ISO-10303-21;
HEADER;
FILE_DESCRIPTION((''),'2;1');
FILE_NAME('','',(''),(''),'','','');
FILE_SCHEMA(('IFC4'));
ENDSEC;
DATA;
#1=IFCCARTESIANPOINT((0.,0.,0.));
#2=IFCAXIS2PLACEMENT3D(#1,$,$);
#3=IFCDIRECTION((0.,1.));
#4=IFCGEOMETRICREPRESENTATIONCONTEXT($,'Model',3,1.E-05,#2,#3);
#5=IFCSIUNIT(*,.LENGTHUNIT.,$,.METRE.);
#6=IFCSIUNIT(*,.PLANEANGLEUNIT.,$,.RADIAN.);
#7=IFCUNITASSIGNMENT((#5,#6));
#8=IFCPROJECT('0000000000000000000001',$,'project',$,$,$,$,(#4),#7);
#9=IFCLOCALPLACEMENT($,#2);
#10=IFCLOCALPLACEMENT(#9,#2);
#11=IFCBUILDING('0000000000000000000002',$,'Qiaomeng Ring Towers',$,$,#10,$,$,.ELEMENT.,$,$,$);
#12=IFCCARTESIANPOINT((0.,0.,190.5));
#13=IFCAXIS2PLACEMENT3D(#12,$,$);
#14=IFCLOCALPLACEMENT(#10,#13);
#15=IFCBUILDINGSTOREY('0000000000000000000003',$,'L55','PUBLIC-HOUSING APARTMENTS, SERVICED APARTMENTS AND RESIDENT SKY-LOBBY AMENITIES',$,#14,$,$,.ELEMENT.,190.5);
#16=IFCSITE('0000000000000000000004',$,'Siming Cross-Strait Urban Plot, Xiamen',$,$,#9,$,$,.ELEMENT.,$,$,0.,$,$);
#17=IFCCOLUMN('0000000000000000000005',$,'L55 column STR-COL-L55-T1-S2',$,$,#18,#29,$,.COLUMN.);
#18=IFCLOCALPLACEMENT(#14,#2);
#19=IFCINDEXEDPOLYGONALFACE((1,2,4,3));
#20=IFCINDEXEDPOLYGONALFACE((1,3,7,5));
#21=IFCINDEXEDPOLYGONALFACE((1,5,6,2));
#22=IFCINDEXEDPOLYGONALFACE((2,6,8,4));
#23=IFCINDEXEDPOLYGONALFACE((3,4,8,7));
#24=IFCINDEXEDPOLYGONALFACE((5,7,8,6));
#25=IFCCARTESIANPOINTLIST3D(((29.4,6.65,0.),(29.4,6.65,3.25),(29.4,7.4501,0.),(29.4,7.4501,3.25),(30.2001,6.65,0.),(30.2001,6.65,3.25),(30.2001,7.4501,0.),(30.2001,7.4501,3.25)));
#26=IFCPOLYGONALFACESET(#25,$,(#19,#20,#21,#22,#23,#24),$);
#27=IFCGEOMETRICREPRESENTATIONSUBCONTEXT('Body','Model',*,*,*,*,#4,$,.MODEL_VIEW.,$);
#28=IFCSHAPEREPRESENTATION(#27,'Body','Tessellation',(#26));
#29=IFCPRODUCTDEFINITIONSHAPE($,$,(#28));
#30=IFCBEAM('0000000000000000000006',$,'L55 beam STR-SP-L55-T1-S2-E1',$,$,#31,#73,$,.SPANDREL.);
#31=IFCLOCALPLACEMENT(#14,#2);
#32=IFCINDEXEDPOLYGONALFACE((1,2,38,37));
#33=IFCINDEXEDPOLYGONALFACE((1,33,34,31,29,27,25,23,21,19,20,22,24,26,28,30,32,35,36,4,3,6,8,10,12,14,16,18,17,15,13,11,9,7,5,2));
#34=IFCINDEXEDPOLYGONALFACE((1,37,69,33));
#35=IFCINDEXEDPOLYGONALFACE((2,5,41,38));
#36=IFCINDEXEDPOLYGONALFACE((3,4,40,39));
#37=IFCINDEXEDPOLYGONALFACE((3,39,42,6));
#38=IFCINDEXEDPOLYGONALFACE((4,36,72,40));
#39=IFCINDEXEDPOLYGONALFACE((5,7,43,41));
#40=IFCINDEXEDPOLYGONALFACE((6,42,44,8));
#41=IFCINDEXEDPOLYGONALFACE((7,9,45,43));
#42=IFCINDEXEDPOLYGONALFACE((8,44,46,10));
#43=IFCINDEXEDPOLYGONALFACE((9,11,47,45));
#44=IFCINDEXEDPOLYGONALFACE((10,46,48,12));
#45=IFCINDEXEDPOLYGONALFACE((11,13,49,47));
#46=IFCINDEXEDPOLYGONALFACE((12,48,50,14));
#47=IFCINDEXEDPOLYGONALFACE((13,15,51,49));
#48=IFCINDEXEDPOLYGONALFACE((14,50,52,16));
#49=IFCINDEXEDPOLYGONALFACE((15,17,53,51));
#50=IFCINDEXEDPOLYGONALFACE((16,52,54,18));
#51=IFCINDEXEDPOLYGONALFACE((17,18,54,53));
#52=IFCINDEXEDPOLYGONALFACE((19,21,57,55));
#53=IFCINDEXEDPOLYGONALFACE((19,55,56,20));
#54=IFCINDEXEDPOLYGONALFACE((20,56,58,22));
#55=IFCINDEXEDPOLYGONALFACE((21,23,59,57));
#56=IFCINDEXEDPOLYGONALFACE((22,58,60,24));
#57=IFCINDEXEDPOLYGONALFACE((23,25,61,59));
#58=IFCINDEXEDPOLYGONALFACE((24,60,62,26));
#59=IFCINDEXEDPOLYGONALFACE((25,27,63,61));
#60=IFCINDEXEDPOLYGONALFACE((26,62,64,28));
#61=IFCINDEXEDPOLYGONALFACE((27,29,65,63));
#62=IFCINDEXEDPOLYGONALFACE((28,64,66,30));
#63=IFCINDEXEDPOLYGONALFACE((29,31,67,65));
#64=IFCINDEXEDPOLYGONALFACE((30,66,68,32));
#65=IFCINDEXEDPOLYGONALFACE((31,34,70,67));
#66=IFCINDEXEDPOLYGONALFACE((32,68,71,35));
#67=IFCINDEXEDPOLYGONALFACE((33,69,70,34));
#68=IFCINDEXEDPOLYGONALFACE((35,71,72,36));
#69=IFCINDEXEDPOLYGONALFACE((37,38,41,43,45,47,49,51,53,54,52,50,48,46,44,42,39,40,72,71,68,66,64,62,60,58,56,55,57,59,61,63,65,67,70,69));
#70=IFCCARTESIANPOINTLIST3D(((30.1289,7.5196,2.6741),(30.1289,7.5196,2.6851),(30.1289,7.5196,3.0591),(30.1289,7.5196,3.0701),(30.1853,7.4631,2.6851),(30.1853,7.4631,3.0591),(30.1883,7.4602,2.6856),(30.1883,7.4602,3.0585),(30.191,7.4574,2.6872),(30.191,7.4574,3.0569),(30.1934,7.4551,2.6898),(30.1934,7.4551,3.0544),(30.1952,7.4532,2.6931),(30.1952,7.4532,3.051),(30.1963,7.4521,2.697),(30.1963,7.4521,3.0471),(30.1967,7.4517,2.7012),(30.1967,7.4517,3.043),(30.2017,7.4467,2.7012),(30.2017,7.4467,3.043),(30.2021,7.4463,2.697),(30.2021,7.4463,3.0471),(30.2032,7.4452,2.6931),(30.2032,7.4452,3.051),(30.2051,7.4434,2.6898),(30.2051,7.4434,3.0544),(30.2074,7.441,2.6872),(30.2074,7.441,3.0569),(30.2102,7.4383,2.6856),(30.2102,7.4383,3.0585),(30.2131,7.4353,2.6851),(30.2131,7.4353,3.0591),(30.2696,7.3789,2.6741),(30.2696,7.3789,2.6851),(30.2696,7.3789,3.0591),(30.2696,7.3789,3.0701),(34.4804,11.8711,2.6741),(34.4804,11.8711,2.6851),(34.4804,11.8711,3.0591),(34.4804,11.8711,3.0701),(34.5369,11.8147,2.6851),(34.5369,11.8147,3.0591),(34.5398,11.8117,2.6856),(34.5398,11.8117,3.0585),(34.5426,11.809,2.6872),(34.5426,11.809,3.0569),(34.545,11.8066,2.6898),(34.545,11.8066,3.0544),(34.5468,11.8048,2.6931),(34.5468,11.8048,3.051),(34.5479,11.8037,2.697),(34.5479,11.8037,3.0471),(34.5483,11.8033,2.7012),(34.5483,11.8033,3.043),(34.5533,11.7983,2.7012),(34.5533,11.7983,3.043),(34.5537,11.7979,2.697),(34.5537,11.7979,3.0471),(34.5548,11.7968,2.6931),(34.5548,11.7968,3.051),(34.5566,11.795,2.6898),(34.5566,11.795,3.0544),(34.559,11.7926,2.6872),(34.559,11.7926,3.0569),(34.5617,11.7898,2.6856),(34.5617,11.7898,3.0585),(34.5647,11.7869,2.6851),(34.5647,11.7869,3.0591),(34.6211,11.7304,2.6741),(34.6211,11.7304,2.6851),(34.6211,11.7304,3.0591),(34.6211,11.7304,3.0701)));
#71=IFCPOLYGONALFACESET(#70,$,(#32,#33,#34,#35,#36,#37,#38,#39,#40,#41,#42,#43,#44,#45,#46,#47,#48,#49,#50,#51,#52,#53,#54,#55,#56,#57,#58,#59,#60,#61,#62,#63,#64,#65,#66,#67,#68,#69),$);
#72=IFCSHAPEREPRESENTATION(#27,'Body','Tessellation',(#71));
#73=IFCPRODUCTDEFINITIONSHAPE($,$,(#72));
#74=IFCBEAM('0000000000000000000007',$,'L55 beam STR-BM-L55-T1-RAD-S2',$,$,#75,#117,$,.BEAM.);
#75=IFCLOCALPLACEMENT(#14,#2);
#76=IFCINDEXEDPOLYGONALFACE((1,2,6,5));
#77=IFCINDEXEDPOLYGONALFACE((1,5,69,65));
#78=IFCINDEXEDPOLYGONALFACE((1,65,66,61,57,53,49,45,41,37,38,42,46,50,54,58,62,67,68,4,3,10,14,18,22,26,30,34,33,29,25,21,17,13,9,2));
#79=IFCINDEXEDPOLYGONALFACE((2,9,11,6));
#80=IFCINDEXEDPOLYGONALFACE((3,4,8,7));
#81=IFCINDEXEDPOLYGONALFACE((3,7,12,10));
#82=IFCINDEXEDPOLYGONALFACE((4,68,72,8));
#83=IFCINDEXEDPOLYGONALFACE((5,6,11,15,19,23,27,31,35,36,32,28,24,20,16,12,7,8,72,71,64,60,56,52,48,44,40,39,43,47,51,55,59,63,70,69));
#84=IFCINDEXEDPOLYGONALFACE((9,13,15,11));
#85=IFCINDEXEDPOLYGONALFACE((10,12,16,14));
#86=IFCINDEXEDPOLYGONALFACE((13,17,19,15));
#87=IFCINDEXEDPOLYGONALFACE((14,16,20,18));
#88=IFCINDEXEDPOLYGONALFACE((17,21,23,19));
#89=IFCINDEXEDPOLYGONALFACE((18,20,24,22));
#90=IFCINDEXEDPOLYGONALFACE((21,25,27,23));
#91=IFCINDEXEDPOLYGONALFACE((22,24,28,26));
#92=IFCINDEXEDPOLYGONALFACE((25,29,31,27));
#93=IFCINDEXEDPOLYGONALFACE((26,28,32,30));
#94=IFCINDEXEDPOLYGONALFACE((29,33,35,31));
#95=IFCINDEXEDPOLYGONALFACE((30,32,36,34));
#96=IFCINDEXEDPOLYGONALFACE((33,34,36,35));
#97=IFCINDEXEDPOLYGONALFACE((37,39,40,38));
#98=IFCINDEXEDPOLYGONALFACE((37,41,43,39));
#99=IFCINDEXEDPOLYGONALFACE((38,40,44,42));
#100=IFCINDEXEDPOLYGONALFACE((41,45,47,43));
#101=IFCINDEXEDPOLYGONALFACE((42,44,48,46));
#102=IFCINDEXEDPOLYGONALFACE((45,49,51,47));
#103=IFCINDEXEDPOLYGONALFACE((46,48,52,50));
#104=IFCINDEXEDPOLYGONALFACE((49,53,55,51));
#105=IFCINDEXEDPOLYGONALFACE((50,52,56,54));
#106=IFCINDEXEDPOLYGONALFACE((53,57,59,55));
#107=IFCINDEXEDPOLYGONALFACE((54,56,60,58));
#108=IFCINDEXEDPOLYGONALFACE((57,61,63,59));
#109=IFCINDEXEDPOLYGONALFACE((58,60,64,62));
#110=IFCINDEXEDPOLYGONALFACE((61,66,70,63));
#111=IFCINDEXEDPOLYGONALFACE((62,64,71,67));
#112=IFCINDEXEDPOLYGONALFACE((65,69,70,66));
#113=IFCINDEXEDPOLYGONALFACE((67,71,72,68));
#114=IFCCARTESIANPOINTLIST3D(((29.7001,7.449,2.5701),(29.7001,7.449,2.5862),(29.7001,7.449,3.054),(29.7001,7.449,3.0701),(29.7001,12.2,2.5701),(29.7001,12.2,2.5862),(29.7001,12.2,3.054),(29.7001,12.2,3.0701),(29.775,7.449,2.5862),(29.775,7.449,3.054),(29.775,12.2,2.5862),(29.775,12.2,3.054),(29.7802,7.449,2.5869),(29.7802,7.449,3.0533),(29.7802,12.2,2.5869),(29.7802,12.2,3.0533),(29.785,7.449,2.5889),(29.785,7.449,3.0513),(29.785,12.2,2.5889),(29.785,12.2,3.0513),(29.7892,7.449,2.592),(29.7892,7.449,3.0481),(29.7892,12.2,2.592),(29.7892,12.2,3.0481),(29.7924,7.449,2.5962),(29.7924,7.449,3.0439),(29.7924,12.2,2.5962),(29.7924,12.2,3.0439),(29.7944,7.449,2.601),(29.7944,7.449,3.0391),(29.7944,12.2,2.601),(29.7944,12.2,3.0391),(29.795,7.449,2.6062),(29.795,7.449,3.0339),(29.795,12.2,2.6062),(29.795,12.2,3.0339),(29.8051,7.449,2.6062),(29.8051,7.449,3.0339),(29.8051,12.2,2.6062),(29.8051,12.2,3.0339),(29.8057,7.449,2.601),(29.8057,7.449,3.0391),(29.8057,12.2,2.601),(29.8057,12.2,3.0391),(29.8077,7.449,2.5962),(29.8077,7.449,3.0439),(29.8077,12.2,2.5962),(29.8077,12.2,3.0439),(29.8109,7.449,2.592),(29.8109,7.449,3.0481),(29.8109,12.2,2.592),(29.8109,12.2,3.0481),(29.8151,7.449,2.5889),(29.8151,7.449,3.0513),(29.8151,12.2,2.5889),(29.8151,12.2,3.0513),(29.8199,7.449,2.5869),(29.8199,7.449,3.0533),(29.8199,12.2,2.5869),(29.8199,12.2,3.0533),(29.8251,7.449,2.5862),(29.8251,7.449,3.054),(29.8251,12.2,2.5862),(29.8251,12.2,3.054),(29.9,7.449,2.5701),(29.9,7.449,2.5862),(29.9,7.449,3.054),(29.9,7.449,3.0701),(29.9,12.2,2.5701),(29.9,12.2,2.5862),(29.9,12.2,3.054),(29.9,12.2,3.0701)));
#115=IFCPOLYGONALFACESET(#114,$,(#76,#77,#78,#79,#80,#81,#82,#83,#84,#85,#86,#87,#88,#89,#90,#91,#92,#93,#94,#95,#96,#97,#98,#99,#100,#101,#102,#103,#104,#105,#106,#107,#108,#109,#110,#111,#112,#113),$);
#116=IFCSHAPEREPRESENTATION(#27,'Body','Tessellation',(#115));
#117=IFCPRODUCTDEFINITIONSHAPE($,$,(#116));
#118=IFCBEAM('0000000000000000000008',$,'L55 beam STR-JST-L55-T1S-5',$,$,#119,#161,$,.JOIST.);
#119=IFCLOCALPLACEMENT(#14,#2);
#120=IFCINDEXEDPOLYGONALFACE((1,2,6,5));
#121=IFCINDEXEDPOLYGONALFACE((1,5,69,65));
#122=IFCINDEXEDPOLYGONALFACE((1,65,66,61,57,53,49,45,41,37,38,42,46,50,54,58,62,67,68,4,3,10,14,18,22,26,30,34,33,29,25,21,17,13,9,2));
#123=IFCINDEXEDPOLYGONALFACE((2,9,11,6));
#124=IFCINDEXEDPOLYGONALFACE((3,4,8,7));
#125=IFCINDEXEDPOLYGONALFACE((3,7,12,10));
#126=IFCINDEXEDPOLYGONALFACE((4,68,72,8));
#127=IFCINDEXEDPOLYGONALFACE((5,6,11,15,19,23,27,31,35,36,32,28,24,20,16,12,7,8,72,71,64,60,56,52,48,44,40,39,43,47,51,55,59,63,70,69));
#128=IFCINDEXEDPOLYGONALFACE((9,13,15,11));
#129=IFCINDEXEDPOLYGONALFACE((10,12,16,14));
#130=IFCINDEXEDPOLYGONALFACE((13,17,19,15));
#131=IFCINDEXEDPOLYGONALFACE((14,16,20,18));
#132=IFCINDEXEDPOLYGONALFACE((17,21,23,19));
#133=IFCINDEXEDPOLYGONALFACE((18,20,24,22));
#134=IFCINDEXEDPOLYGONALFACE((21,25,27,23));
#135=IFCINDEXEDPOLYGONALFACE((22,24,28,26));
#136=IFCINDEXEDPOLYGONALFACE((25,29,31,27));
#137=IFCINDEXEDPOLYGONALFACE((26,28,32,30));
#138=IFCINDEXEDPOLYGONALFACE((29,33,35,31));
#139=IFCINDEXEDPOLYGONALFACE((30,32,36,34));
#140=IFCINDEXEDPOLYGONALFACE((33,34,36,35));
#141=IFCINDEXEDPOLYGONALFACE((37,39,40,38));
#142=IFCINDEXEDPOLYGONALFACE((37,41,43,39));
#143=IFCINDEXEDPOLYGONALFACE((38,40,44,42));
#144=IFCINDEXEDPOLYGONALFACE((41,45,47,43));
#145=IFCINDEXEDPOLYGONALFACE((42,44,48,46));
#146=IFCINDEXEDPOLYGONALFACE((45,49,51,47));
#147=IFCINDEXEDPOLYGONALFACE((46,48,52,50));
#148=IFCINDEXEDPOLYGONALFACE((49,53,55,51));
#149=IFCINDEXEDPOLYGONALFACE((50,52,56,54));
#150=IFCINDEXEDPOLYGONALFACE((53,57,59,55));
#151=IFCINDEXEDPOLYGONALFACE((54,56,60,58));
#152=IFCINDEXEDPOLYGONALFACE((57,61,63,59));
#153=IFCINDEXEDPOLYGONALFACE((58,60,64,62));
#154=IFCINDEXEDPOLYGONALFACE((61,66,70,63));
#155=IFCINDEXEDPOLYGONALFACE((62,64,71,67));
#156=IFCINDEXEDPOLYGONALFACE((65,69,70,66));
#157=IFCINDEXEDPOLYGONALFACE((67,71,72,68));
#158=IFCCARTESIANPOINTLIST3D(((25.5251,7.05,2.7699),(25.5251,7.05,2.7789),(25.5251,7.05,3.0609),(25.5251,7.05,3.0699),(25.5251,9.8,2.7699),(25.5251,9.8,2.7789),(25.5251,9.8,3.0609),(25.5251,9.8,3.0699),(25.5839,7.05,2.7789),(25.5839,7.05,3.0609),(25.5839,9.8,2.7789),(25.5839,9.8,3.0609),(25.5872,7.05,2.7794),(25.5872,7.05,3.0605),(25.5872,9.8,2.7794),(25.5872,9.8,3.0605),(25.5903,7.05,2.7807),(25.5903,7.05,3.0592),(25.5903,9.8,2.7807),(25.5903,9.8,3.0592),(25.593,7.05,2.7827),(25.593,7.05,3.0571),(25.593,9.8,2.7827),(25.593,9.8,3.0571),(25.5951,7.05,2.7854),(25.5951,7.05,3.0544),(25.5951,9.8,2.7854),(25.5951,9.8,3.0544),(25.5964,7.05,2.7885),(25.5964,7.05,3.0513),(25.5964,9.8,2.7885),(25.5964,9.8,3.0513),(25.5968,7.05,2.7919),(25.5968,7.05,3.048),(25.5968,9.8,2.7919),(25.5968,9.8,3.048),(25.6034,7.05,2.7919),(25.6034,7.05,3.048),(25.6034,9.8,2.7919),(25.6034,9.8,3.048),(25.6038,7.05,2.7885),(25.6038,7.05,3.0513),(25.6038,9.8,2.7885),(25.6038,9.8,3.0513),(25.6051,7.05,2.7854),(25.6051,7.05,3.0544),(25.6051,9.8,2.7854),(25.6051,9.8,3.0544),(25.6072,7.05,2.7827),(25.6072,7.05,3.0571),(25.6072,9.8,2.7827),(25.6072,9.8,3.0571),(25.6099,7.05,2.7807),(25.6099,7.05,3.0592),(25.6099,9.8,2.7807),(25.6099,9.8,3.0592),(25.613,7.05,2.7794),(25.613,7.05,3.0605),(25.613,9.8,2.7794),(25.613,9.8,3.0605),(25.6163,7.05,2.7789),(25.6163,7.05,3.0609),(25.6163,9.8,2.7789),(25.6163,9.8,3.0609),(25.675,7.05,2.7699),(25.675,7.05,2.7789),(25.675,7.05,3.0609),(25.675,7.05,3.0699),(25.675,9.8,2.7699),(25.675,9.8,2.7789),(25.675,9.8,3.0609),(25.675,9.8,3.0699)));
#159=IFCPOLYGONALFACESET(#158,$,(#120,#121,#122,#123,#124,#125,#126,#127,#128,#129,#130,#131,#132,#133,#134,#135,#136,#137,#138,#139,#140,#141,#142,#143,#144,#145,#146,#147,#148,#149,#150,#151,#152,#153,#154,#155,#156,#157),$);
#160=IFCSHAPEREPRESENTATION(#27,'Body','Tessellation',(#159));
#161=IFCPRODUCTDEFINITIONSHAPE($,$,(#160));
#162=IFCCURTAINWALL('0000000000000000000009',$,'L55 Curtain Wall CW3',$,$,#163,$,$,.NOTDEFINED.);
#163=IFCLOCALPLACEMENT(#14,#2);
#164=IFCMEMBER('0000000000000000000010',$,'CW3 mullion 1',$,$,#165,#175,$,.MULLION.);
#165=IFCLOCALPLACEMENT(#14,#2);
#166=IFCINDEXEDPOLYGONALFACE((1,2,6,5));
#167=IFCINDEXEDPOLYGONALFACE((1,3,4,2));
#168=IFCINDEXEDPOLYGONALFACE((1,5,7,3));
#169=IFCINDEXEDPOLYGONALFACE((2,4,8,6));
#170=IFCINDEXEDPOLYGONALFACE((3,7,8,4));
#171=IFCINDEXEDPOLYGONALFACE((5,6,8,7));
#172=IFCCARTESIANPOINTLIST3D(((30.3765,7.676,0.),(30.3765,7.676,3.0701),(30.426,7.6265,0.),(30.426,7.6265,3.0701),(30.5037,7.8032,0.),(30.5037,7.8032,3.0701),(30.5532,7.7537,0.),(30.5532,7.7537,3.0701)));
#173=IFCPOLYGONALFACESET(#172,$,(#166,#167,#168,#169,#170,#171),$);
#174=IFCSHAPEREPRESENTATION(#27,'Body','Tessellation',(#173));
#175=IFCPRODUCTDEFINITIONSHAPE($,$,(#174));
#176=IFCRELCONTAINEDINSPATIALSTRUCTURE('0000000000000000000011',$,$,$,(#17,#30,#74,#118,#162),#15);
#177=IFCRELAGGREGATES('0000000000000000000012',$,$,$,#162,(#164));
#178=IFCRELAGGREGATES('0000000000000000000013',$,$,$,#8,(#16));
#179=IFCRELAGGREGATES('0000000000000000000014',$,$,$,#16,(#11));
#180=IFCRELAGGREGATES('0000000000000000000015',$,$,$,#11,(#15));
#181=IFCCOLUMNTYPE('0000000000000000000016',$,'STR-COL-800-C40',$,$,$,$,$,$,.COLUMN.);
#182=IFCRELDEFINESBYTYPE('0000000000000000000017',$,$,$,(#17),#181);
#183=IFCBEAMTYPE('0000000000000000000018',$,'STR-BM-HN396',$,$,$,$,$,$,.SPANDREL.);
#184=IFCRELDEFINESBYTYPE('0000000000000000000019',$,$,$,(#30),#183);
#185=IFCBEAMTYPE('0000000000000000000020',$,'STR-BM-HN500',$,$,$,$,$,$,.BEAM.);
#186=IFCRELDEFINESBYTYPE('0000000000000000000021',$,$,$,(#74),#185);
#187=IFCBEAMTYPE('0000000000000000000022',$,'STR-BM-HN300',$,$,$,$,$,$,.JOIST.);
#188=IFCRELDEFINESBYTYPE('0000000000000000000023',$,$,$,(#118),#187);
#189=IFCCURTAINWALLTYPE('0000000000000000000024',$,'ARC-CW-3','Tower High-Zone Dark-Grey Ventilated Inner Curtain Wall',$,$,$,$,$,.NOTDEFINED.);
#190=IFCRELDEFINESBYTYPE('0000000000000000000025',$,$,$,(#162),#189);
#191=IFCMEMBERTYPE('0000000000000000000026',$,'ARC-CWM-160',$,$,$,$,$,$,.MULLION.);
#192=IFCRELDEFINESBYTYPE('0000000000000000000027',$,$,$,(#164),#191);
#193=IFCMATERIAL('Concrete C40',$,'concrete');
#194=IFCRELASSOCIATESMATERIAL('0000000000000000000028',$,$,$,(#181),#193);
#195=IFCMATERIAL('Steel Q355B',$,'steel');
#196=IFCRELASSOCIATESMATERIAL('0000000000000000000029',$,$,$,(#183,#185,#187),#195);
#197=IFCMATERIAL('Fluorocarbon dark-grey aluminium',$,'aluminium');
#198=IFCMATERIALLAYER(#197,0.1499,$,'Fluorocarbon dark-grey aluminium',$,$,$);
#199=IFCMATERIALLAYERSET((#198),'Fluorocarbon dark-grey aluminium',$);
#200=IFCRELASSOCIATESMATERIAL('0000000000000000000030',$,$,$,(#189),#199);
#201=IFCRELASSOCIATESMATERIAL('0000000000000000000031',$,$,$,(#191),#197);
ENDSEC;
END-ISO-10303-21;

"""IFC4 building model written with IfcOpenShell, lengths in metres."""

from ifc_helpers import new_model, si_unit, direction, frame, origin, origin_2d, place, context, subcontext, project, spatial, rectangle, i_section, extrude, source, transform, mapped, material, layer, layer_set, material_profile, profile_set, type_object, element, aggregate, save


model = new_model("IFC4")

# Units and contexts
model_context = context("Model", 3, precision=1e-05, world=origin(), true_north=direction((0.0, 1.0)))
body_context = subcontext(model_context, "Body", "Model", "MODEL_VIEW")
ifc_project = project(units=[si_unit("LENGTHUNIT", "METRE"), si_unit("PLANEANGLEUNIT", "RADIAN")], contexts=[model_context])

# Site, building, storey
site_placement = place(None, origin())
site = spatial("IfcSite", under=ifc_project, at=site_placement, Name="Siming Cross-Strait Urban Plot, Xiamen", CompositionType="ELEMENT", RefElevation=0.0)
building_placement = place(site_placement, origin())
building = spatial("IfcBuilding", under=site, at=building_placement, Name="Qiaomeng Ring Towers", CompositionType="ELEMENT")
storey_placement = place(building_placement, frame((0.0, 0.0, 190.5)))
storey = spatial("IfcBuildingStorey", under=building, at=storey_placement, Name="L55", Description="PUBLIC-HOUSING APARTMENTS, SERVICED APARTMENTS AND RESIDENT SKY-LOBBY AMENITIES", CompositionType="ELEMENT", Elevation=190.5)

# Column
ifc_material_1 = material(Name="Concrete C40", Category="concrete")
ifc_material_profile_1 = material_profile(ifc_material_1, rectangle(XDim=0.8, YDim=0.8, at=origin_2d()), Name="RC COL 800x800")
ifc_profile_set_1 = profile_set([ifc_material_profile_1], Name="Concrete C40")
column_type = type_object("IfcColumnType", Name="STR-COL-800-C40", PredefinedType="COLUMN", material=ifc_profile_set_1)
shared_shape_1 = source(origin(), body_context, "Body", "SweptSolid", [
    extrude(rectangle(XDim=0.8, YDim=0.8, at=origin_2d()), origin(), (0.0, 0.0, 1.0), 3.25),
])
column_placement = place(storey_placement, frame((29.8, 7.05, 0.0), z_axis=(0.0, 0.0, 1.0), x_axis=(1.0, 0.0, 0.0)))
element("IfcColumn", 1, at=column_placement, inside=storey, type_object=column_type, Name="L55 column STR-COL-L55-T1-S2", PredefinedType="COLUMN", context=body_context, shape_type="MappedRepresentation", body=[
    mapped(shared_shape_1, transform((0.0, 0.0, 0.0), x_axis=(1.0, 0.0, 0.0), y_axis=(0.0, 1.0, 0.0), z_axis=(0.0, 0.0, 1.0), scale=1.0)),
])

# Beams
ifc_material_2 = material(Name="Steel Q355B", Category="steel")
ifc_material_profile_2 = material_profile(ifc_material_2, i_section(OverallWidth=0.199, OverallDepth=0.396, WebThickness=0.0071, FlangeThickness=0.011, FilletRadius=0.0161, at=origin_2d()), Name="HN 396x199x7x11")
ifc_profile_set_2 = profile_set([ifc_material_profile_2], Name="Steel Q355B")
beam_type_1 = type_object("IfcBeamType", Name="STR-BM-HN396", PredefinedType="SPANDREL", material=ifc_profile_set_2)
shared_shape_2 = source(origin(), body_context, "Body", "SweptSolid", [
    extrude(i_section(OverallWidth=0.199, OverallDepth=0.396, WebThickness=0.0071, FlangeThickness=0.011, FilletRadius=0.0161, at=origin_2d()), origin(), (0.0, 0.0, 1.0), 6.1541),
])
beam_1_placement = place(storey_placement, frame((30.1992, 7.4492, 2.8721), z_axis=(0.707107, 0.707107, 0.0), x_axis=(-0.707107, 0.707107, 0.0)))
element("IfcBeam", 2, at=beam_1_placement, inside=storey, type_object=beam_type_1, Name="L55 beam STR-SP-L55-T1-S2-E1", PredefinedType="SPANDREL", context=body_context, shape_type="MappedRepresentation", body=[
    mapped(shared_shape_2, transform((0.0, 0.0, 0.0), x_axis=(1.0, 0.0, 0.0), y_axis=(0.0, 1.0, 0.0), z_axis=(0.0, 0.0, 1.0), scale=1.0)),
])
ifc_material_profile_3 = material_profile(ifc_material_2, i_section(OverallWidth=0.2, OverallDepth=0.5, WebThickness=0.01, FlangeThickness=0.0161, FilletRadius=0.02, at=origin_2d()), Name="HN 500x200x10x16")
ifc_profile_set_3 = profile_set([ifc_material_profile_3], Name="Steel Q355B")
beam_type_2 = type_object("IfcBeamType", Name="STR-BM-HN500", PredefinedType="BEAM", material=ifc_profile_set_3)
shared_shape_3 = source(origin(), body_context, "Body", "SweptSolid", [
    extrude(i_section(OverallWidth=0.2, OverallDepth=0.5, WebThickness=0.01, FlangeThickness=0.0161, FilletRadius=0.02, at=origin_2d()), origin(), (0.0, 0.0, 1.0), 4.751),
])
beam_2_placement = place(storey_placement, frame((29.8, 7.449, 2.8201), z_axis=(0.0, 1.0, 0.0), x_axis=(-1.0, 0.0, 0.0)))
element("IfcBeam", 3, at=beam_2_placement, inside=storey, type_object=beam_type_2, Name="L55 beam STR-BM-L55-T1-RAD-S2", PredefinedType="BEAM", context=body_context, shape_type="MappedRepresentation", body=[
    mapped(shared_shape_3, transform((0.0, 0.0, 0.0), x_axis=(1.0, 0.0, 0.0), y_axis=(0.0, 1.0, 0.0), z_axis=(0.0, 0.0, 1.0), scale=1.0)),
])
ifc_material_profile_4 = material_profile(ifc_material_2, i_section(OverallWidth=0.1499, OverallDepth=0.3, WebThickness=0.0066, FlangeThickness=0.009, FilletRadius=0.0129, at=origin_2d()), Name="HN 300x150x6.5x9")
ifc_profile_set_4 = profile_set([ifc_material_profile_4], Name="Steel Q355B")
beam_type_3 = type_object("IfcBeamType", Name="STR-BM-HN300", PredefinedType="JOIST", material=ifc_profile_set_4)
shared_shape_4 = source(origin(), body_context, "Body", "SweptSolid", [
    extrude(i_section(OverallWidth=0.1499, OverallDepth=0.3, WebThickness=0.0066, FlangeThickness=0.009, FilletRadius=0.0129, at=origin_2d()), origin(), (0.0, 0.0, 1.0), 2.75),
])
beam_3_placement = place(storey_placement, frame((25.6001, 7.05, 2.9199), z_axis=(0.0, 1.0, 0.0), x_axis=(-1.0, 0.0, 0.0)))
element("IfcBeam", 4, at=beam_3_placement, inside=storey, type_object=beam_type_3, Name="L55 beam STR-JST-L55-T1S-5", PredefinedType="JOIST", context=body_context, shape_type="MappedRepresentation", body=[
    mapped(shared_shape_4, transform((0.0, 0.0, 0.0), x_axis=(1.0, 0.0, 0.0), y_axis=(0.0, 1.0, 0.0), z_axis=(0.0, 0.0, 1.0), scale=1.0)),
])

# Curtain wall, member
ifc_material_3 = material(Name="Fluorocarbon dark-grey aluminium", Category="aluminium")
ifc_layer_1 = layer(ifc_material_3, 0.1499, Name="Fluorocarbon dark-grey aluminium")
ifc_layer_set_1 = layer_set([ifc_layer_1], Name="Fluorocarbon dark-grey aluminium")
curtain_wall_type = type_object("IfcCurtainWallType", Name="ARC-CW-3", Description="Tower High-Zone Dark-Grey Ventilated Inner Curtain Wall", PredefinedType="NOTDEFINED", material=ifc_layer_set_1)
curtain_wall_placement = place(storey_placement, origin())
curtain_wall = element("IfcCurtainWall", 5, at=curtain_wall_placement, inside=storey, type_object=curtain_wall_type, Name="L55 Curtain Wall CW3", PredefinedType="NOTDEFINED")
ifc_material_profile_5 = material_profile(ifc_material_3, rectangle(XDim=0.0701, YDim=0.1799, at=origin_2d()), Name="ALU MULL 70x180")
ifc_profile_set_5 = profile_set([ifc_material_profile_5], Name="Fluorocarbon dark-grey aluminium")
member_type_1 = type_object("IfcMemberType", Name="ARC-CWM-160", PredefinedType="MULLION", material=ifc_profile_set_5)
shared_shape_5 = source(origin(), body_context, "Body", "SweptSolid", [
    extrude(rectangle(XDim=0.0701, YDim=0.1799, at=origin_2d()), origin(), (0.0, 0.0, 1.0), 3.0701),
])
member_1_placement = place(storey_placement, frame((30.4648, 7.7148, 0.0), z_axis=(0.0, 0.0, 1.0), x_axis=(-0.707107, 0.707107, 0.0)))
member_1 = element("IfcMember", 6, at=member_1_placement, type_object=member_type_1, Name="CW3 mullion 1", PredefinedType="MULLION", context=body_context, shape_type="MappedRepresentation", body=[
    mapped(shared_shape_5, transform((0.0, 0.0, 0.0), x_axis=(1.0, 0.0, 0.0), y_axis=(0.0, 1.0, 0.0), z_axis=(0.0, 0.0, 1.0), scale=1.0)),
])
aggregate(curtain_wall, [member_1])

save(model, "model.ifc")
